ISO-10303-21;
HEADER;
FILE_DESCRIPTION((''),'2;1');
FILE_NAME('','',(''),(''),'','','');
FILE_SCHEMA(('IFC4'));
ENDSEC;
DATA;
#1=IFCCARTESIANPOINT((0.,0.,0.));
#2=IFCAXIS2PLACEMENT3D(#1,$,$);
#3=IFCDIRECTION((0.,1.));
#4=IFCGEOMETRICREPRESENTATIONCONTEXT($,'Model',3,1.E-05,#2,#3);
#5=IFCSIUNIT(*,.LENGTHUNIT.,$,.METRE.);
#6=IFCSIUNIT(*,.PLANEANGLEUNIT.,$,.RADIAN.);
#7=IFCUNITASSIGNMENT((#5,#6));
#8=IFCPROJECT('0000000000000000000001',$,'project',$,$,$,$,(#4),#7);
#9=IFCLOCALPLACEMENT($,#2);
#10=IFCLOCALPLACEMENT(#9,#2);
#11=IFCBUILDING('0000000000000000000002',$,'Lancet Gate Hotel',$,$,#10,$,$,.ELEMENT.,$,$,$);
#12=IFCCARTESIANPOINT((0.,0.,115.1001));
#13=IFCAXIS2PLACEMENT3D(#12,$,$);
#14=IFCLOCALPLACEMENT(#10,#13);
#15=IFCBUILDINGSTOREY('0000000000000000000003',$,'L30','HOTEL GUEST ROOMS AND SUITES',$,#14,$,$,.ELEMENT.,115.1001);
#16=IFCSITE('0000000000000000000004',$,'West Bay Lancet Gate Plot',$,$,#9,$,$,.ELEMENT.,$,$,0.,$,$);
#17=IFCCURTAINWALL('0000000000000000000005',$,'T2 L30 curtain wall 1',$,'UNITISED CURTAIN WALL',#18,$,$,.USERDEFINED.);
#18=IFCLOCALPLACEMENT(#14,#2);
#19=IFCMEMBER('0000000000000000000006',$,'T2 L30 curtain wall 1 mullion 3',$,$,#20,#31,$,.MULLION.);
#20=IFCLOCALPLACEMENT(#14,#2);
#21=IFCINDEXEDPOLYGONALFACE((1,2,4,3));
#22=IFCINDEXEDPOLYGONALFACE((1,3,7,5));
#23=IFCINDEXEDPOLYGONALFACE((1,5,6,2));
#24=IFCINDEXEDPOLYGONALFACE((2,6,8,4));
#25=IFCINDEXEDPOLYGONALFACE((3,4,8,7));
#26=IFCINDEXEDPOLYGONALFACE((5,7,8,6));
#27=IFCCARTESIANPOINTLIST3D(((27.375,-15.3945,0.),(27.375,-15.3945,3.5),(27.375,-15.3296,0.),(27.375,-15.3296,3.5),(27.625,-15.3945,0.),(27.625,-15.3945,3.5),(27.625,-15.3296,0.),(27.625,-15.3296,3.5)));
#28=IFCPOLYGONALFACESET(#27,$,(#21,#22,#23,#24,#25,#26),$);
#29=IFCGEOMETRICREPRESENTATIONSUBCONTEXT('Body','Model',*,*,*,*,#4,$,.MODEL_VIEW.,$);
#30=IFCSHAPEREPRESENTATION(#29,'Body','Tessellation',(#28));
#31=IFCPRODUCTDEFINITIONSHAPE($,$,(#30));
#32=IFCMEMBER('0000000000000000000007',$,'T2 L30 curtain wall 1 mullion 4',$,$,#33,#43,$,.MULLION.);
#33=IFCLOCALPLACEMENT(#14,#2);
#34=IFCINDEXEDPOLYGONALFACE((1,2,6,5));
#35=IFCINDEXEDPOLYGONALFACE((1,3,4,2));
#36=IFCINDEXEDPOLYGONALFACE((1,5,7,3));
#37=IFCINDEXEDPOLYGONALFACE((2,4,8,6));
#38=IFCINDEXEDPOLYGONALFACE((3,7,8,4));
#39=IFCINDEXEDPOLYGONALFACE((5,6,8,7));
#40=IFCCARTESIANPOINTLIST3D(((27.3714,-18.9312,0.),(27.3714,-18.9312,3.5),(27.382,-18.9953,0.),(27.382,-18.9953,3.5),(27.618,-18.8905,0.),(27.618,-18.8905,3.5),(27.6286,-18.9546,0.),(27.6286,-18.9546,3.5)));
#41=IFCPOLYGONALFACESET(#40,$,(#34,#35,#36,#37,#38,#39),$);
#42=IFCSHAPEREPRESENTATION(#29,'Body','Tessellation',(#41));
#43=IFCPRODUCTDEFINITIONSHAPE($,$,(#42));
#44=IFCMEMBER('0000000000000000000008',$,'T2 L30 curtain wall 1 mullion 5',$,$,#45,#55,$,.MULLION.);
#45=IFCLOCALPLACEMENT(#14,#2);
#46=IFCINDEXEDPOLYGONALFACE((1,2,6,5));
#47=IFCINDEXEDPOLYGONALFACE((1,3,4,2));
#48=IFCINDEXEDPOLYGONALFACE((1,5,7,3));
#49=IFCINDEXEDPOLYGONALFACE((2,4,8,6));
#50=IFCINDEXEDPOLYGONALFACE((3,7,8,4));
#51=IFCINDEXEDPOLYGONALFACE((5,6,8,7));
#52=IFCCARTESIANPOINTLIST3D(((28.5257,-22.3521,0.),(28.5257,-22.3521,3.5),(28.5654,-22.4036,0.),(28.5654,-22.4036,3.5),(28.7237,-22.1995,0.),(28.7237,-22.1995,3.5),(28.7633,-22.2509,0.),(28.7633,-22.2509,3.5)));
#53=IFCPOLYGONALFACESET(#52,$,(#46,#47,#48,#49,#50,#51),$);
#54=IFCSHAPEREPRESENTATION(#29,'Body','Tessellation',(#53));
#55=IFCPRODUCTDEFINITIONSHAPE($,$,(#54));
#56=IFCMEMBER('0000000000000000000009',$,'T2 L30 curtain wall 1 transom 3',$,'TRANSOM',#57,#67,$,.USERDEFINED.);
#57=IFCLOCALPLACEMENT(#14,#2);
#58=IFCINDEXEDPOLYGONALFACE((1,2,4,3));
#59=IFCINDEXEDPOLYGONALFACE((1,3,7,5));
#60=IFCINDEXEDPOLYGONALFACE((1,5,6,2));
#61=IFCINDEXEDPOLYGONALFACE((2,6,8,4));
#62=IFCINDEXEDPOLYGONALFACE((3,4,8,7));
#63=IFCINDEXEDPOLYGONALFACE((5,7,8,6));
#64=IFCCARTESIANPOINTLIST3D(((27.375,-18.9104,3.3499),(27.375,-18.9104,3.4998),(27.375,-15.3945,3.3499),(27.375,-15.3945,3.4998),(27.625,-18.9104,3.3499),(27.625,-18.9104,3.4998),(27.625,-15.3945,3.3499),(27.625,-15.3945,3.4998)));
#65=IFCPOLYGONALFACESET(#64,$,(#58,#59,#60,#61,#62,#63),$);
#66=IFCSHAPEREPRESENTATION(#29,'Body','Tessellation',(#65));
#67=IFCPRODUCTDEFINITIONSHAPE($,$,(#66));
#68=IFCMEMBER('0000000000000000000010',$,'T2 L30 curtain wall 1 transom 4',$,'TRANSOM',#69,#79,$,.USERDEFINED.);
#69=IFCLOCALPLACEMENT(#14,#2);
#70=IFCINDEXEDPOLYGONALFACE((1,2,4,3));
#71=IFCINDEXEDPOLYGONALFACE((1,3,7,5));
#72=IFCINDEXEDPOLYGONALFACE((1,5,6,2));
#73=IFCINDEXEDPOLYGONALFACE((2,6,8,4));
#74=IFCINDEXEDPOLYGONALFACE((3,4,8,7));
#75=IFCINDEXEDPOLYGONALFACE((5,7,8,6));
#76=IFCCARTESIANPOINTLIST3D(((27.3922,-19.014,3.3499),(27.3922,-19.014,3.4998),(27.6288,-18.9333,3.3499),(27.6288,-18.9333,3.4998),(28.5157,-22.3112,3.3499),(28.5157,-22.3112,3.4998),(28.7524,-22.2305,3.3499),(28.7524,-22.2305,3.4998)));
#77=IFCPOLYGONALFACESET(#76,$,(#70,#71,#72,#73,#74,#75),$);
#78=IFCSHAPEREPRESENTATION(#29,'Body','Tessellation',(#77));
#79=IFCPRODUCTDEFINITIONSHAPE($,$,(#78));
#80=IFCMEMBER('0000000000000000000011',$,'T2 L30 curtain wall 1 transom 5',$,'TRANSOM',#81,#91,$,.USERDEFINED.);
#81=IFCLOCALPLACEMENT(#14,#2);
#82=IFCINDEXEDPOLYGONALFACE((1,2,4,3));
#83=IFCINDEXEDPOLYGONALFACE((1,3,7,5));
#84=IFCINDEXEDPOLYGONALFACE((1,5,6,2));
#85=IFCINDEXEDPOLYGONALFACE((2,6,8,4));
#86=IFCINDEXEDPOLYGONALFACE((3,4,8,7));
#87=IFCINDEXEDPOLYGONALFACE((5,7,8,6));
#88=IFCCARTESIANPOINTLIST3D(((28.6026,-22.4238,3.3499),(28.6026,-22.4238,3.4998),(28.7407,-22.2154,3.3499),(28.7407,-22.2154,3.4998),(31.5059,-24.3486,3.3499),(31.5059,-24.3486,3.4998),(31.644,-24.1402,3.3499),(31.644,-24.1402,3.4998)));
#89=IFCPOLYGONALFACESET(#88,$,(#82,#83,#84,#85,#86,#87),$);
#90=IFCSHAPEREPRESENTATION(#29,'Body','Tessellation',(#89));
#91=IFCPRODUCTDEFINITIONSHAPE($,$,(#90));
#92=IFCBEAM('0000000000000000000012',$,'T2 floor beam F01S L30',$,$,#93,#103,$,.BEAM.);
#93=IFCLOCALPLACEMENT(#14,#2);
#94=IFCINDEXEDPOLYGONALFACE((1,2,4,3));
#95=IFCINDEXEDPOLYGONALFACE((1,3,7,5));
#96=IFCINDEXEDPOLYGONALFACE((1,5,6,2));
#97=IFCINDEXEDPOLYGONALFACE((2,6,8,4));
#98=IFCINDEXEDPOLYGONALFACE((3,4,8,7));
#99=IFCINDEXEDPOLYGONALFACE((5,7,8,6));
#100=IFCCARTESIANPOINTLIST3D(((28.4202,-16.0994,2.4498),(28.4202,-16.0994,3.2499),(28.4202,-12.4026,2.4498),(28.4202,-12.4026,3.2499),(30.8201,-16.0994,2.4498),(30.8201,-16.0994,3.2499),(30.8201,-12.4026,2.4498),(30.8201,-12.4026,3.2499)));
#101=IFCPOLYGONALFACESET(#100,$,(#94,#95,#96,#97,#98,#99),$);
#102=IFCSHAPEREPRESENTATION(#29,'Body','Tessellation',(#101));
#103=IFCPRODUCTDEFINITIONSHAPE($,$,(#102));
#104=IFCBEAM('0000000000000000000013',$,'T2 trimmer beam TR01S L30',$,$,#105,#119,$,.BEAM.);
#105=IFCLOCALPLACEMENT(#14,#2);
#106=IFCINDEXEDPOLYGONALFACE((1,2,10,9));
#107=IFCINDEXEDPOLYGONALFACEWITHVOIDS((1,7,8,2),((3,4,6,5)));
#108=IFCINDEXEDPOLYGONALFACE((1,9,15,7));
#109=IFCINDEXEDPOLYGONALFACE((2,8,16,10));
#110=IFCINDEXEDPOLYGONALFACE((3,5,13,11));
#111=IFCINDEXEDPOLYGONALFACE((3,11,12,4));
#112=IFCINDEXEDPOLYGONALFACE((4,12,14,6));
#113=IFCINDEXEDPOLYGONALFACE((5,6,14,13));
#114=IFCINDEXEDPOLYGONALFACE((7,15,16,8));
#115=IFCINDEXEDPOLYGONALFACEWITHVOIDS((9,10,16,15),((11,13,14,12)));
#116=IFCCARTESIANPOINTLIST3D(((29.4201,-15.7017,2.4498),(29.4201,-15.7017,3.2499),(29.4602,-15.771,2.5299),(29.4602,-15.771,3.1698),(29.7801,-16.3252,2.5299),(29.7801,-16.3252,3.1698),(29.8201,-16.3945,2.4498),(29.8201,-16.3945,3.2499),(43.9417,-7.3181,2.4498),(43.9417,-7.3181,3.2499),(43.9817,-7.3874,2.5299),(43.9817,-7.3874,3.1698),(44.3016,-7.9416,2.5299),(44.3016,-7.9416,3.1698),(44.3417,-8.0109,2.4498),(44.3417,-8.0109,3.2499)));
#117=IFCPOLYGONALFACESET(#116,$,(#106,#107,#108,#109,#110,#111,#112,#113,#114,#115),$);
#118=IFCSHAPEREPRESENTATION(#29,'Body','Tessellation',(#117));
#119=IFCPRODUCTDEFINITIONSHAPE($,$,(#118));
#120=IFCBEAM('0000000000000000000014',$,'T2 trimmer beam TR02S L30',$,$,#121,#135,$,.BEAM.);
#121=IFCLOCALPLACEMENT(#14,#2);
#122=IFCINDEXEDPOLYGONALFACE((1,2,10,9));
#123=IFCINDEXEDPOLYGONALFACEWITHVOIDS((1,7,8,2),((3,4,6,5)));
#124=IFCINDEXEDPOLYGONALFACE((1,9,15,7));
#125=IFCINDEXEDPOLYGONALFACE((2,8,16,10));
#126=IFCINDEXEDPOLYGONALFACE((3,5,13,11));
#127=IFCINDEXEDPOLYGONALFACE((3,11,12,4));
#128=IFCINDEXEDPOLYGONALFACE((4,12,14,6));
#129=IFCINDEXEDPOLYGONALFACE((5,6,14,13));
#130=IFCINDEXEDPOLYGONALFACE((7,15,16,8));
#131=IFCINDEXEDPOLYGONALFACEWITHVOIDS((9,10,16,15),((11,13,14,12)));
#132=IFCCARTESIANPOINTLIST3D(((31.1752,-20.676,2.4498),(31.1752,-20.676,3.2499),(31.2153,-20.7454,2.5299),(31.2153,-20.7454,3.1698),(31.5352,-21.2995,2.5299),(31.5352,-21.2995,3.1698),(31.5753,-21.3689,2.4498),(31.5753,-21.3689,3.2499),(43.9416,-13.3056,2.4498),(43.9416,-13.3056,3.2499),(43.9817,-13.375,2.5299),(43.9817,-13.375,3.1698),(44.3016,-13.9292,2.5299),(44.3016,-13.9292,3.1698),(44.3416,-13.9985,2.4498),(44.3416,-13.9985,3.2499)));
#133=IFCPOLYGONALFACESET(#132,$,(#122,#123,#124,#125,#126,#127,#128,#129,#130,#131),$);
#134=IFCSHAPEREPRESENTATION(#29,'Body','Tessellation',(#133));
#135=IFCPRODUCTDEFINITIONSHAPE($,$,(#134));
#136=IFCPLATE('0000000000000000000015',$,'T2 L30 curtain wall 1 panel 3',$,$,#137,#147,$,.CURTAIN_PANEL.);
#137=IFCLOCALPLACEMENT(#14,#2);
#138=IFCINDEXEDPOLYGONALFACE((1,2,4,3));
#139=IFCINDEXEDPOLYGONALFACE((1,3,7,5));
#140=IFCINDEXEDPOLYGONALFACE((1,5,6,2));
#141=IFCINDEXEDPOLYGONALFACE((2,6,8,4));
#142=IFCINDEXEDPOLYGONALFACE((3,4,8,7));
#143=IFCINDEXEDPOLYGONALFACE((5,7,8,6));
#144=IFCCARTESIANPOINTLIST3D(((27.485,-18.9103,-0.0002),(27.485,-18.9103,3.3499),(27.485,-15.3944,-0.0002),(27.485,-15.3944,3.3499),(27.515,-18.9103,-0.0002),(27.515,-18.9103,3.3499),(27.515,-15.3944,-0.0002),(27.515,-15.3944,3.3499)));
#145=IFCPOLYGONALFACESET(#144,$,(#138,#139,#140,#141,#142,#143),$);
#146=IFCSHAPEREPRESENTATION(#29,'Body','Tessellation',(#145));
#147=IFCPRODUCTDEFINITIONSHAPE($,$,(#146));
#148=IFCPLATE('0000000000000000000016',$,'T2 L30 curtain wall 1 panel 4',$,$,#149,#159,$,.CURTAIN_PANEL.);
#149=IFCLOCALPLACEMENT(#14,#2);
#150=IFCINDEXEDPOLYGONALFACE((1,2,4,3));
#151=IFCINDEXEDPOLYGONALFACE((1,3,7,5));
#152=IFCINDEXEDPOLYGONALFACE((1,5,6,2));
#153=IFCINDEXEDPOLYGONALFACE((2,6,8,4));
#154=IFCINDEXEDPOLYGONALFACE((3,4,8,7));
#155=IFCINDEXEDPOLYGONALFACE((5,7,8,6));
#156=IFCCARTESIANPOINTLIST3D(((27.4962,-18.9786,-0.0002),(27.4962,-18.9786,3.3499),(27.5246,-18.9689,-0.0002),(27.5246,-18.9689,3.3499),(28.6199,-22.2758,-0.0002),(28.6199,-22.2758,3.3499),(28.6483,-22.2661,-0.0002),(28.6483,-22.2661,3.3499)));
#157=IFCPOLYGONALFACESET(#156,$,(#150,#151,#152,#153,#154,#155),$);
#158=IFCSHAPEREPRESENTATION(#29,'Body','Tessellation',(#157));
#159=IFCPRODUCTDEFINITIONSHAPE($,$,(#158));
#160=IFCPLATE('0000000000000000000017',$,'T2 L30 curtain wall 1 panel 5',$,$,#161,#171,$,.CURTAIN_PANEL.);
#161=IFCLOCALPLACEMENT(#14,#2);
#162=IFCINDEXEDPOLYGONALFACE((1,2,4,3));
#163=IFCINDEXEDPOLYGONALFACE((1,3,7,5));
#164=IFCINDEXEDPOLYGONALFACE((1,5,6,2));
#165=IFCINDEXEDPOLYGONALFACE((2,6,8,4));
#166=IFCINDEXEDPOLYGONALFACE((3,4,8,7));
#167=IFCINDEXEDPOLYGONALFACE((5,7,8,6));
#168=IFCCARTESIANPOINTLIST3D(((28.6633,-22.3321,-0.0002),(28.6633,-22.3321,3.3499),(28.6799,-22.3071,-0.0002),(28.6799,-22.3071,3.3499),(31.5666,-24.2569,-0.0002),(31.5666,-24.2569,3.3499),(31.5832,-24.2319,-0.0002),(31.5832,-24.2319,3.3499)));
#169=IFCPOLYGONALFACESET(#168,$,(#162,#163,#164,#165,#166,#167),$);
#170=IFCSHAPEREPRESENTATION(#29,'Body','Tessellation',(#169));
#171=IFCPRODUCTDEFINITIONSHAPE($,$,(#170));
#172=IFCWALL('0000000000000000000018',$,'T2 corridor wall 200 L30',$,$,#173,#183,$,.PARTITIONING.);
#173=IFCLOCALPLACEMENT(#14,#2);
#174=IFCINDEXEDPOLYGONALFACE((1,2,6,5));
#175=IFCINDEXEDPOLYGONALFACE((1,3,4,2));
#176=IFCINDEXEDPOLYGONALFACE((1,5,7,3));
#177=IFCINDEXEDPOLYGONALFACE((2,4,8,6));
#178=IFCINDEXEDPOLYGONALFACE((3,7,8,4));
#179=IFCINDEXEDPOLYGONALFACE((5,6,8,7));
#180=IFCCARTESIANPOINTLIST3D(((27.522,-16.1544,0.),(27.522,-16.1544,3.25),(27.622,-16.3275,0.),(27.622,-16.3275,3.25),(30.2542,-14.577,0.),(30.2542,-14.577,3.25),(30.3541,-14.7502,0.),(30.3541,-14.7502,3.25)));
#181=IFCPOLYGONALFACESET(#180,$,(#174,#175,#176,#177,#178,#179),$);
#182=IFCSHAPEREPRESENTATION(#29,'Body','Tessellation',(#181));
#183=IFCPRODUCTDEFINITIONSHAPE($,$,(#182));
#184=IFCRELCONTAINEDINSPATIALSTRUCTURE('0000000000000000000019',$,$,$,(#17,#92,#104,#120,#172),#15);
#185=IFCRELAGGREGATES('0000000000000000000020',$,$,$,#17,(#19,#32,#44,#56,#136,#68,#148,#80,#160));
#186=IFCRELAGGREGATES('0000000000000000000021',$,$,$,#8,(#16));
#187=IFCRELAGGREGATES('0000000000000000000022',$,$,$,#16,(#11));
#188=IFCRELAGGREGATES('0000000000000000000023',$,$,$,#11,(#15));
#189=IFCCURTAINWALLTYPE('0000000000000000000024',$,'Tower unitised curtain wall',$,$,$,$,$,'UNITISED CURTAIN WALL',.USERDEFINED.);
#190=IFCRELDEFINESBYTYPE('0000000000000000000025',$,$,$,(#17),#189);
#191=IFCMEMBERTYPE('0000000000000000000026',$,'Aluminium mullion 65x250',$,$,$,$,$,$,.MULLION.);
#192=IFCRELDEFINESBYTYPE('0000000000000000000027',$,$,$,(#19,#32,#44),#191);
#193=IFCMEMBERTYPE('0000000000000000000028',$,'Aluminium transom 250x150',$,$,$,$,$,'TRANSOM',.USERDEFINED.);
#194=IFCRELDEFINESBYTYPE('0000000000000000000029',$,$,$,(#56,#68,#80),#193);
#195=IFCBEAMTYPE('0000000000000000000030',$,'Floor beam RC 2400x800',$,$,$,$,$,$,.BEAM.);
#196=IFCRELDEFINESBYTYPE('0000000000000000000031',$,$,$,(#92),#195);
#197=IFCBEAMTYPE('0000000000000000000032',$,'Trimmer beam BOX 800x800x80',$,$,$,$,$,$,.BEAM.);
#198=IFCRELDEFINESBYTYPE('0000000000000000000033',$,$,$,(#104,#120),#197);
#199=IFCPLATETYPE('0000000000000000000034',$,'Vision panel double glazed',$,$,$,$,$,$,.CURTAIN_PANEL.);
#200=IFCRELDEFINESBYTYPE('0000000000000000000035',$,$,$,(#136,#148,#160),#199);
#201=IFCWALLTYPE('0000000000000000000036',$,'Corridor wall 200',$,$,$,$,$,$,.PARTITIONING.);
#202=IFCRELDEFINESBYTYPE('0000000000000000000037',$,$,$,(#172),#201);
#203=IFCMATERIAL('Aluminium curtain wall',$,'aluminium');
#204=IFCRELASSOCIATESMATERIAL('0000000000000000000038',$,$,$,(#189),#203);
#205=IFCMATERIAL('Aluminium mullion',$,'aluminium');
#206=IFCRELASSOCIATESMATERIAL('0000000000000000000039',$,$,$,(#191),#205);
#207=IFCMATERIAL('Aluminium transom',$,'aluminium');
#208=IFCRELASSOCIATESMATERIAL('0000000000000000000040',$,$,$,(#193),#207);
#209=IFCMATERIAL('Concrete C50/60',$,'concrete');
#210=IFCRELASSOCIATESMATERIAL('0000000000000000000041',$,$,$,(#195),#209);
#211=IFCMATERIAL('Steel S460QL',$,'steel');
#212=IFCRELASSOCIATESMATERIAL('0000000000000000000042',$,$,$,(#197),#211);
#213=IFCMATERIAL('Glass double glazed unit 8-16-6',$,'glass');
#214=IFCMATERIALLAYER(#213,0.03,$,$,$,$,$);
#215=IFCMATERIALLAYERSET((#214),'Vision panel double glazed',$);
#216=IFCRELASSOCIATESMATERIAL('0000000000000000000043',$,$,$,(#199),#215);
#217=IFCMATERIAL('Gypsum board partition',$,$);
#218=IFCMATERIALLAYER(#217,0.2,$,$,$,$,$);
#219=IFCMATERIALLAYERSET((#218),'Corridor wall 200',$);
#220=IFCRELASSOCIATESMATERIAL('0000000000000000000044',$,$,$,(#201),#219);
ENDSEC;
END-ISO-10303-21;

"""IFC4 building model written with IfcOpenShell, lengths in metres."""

from ifc_helpers import new_model, si_unit, direction, frame, frame_2d, origin, origin_2d, place, context, subcontext, project, spatial, rectangle, hollow_rectangle, extrude, material, layer, layer_set, material_profile, profile_set, type_object, element, aggregate, save


model = new_model("IFC4")

# Units and contexts
model_context = context("Model", 3, precision=1e-05, world=origin(), true_north=direction((0.0, 1.0)))
body_context = subcontext(model_context, "Body", "Model", "MODEL_VIEW")
ifc_project = project(units=[si_unit("LENGTHUNIT", "METRE"), si_unit("PLANEANGLEUNIT", "RADIAN")], contexts=[model_context])

# Site, building, storey
site_placement = place(None, origin())
site = spatial("IfcSite", under=ifc_project, at=site_placement, Name="West Bay Lancet Gate Plot", CompositionType="ELEMENT", RefElevation=0.0)
building_placement = place(site_placement, origin())
building = spatial("IfcBuilding", under=site, at=building_placement, Name="Lancet Gate Hotel", CompositionType="ELEMENT")
storey_placement = place(building_placement, frame((0.0, 0.0, 115.1001)))
storey = spatial("IfcBuildingStorey", under=building, at=storey_placement, Name="L30", Description="HOTEL GUEST ROOMS AND SUITES", CompositionType="ELEMENT", Elevation=115.1001)

# Curtain wall, members
ifc_material_1 = material(Name="Aluminium curtain wall", Category="aluminium")
curtain_wall_type = type_object("IfcCurtainWallType", Name="Tower unitised curtain wall", ElementType="UNITISED CURTAIN WALL", PredefinedType="USERDEFINED", material=ifc_material_1)
curtain_wall_placement = place(storey_placement, origin())
curtain_wall = element("IfcCurtainWall", 1, at=curtain_wall_placement, inside=storey, type_object=curtain_wall_type, Name="T2 L30 curtain wall 1", ObjectType="UNITISED CURTAIN WALL", PredefinedType="USERDEFINED")
ifc_material_2 = material(Name="Aluminium mullion", Category="aluminium")
ifc_material_profile_1 = material_profile(ifc_material_2, rectangle(XDim=0.0649, YDim=0.25, at=origin_2d()), Name="MULLION 65x250")
ifc_profile_set_1 = profile_set([ifc_material_profile_1], Name="Aluminium mullion")
member_type_1 = type_object("IfcMemberType", Name="Aluminium mullion 65x250", PredefinedType="MULLION", material=ifc_profile_set_1)
member_1_placement = place(storey_placement, frame((27.5, -15.3621, 0.0), z_axis=(0.0, 0.0, 1.0), x_axis=(0.0, -1.0, 0.0)))
member_1 = element("IfcMember", 2, at=member_1_placement, type_object=member_type_1, Name="T2 L30 curtain wall 1 mullion 3", PredefinedType="MULLION", context=body_context, shape_type="SweptSolid", body=[
    extrude(rectangle(XDim=0.0649, YDim=0.25, at=origin_2d()), origin(), (0.0, 0.0, 1.0), 3.5),
])
member_2_placement = place(storey_placement, frame((27.5, -18.9429, 0.0), z_axis=(0.0, 0.0, 1.0), x_axis=(0.162739, -0.986669, 0.0)))
member_2 = element("IfcMember", 3, at=member_2_placement, type_object=member_type_1, Name="T2 L30 curtain wall 1 mullion 4", PredefinedType="MULLION", context=body_context, shape_type="SweptSolid", body=[
    extrude(rectangle(XDim=0.0649, YDim=0.25, at=origin_2d()), origin(), (0.0, 0.0, 1.0), 3.5),
])
member_3_placement = place(storey_placement, frame((28.6445, -22.3015, 0.0), z_axis=(0.0, 0.0, 1.0), x_axis=(0.610664, -0.79189, 0.0)))
member_3 = element("IfcMember", 4, at=member_3_placement, type_object=member_type_1, Name="T2 L30 curtain wall 1 mullion 5", PredefinedType="MULLION", context=body_context, shape_type="SweptSolid", body=[
    extrude(rectangle(XDim=0.0649, YDim=0.25, at=origin_2d()), origin(), (0.0, 0.0, 1.0), 3.5),
])
ifc_material_3 = material(Name="Aluminium transom", Category="aluminium")
ifc_material_profile_2 = material_profile(ifc_material_3, rectangle(XDim=0.25, YDim=0.1499, at=origin_2d()), Name="TRANSOM 250x150")
ifc_profile_set_2 = profile_set([ifc_material_profile_2], Name="Aluminium transom")
member_type_2 = type_object("IfcMemberType", Name="Aluminium transom 250x150", ElementType="TRANSOM", PredefinedType="USERDEFINED", material=ifc_profile_set_2)
member_4_placement = place(storey_placement, frame((27.5, -15.3945, 3.4248), z_axis=(0.0, -1.0, 0.0), x_axis=(1.0, 0.0, 0.0)))
member_4 = element("IfcMember", 5, at=member_4_placement, type_object=member_type_2, Name="T2 L30 curtain wall 1 transom 3", ObjectType="TRANSOM", PredefinedType="USERDEFINED", context=body_context, shape_type="SweptSolid", body=[
    extrude(rectangle(XDim=0.25, YDim=0.1499, at=origin_2d()), origin(), (0.0, 0.0, 1.0), 3.5159),
])
member_5_placement = place(storey_placement, frame((27.5105, -18.9736, 3.4248), z_axis=(0.32255, -0.946553, 0.0), x_axis=(0.946553, 0.32255, 0.0)))
member_5 = element("IfcMember", 6, at=member_5_placement, type_object=member_type_2, Name="T2 L30 curtain wall 1 transom 4", ObjectType="TRANSOM", PredefinedType="USERDEFINED", context=body_context, shape_type="SweptSolid", body=[
    extrude(rectangle(XDim=0.25, YDim=0.1499, at=origin_2d()), origin(), (0.0, 0.0, 1.0), 3.4834),
])
member_6_placement = place(storey_placement, frame((28.6716, -22.3196, 3.4248), z_axis=(0.833471, -0.552563, 0.0), x_axis=(0.552563, 0.833471, 0.0)))
member_6 = element("IfcMember", 7, at=member_6_placement, type_object=member_type_2, Name="T2 L30 curtain wall 1 transom 5", ObjectType="TRANSOM", PredefinedType="USERDEFINED", context=body_context, shape_type="SweptSolid", body=[
    extrude(rectangle(XDim=0.25, YDim=0.1499, at=origin_2d()), origin(), (0.0, 0.0, 1.0), 3.4834),
])

# Beams
ifc_material_4 = material(Name="Concrete C50/60", Category="concrete")
ifc_material_profile_3 = material_profile(ifc_material_4, rectangle(XDim=2.3999, YDim=0.8, at=origin_2d()), Name="RC 2400x800")
ifc_profile_set_3 = profile_set([ifc_material_profile_3], Name="Concrete C50/60")
beam_type_1 = type_object("IfcBeamType", Name="Floor beam RC 2400x800", PredefinedType="BEAM", material=ifc_profile_set_3)
beam_1_placement = place(storey_placement, frame((29.6201, -16.0994, 2.8499), z_axis=(0.0, 1.0, 0.0), x_axis=(-1.0, 0.0, 0.0)))
element("IfcBeam", 8, at=beam_1_placement, inside=storey, type_object=beam_type_1, Name="T2 floor beam F01S L30", PredefinedType="BEAM", context=body_context, shape_type="SweptSolid", body=[
    extrude(rectangle(XDim=2.3999, YDim=0.8, at=origin_2d()), origin(), (0.0, 0.0, 1.0), 3.6968),
])
ifc_material_5 = material(Name="Steel S460QL", Category="steel")
ifc_material_profile_4 = material_profile(ifc_material_5, hollow_rectangle(XDim=0.8, YDim=0.8, WallThickness=0.0801, at=origin_2d()), Name="BOX 800x800x80")
ifc_profile_set_4 = profile_set([ifc_material_profile_4], Name="Steel S460QL")
beam_type_2 = type_object("IfcBeamType", Name="Trimmer beam BOX 800x800x80", PredefinedType="BEAM", material=ifc_profile_set_4)
beam_2_placement = place(storey_placement, frame((29.6201, -16.0481, 2.8499), z_axis=(0.866037, 0.49998, 0.0), x_axis=(-0.49998, 0.866037, 0.0)))
element("IfcBeam", 9, at=beam_2_placement, inside=storey, type_object=beam_type_2, Name="T2 trimmer beam TR01S L30", PredefinedType="BEAM", context=body_context, shape_type="SweptSolid", body=[
    extrude(hollow_rectangle(XDim=0.8, YDim=0.8, WallThickness=0.0801, at=origin_2d()), origin(), (0.0, 0.0, 1.0), 16.7678),
])
beam_3_placement = place(storey_placement, frame((31.3752, -21.0225, 2.8499), z_axis=(0.866034, 0.499985, 0.0), x_axis=(-0.499985, 0.866034, 0.0)))
element("IfcBeam", 10, at=beam_3_placement, inside=storey, type_object=beam_type_2, Name="T2 trimmer beam TR02S L30", PredefinedType="BEAM", context=body_context, shape_type="SweptSolid", body=[
    extrude(hollow_rectangle(XDim=0.8, YDim=0.8, WallThickness=0.0801, at=origin_2d()), origin(), (0.0, 0.0, 1.0), 14.7412),
])

# Plates
ifc_material_6 = material(Name="Glass double glazed unit 8-16-6", Category="glass")
ifc_layer_1 = layer(ifc_material_6, 0.03)
ifc_layer_set_1 = layer_set([ifc_layer_1], Name="Vision panel double glazed")
plate_type = type_object("IfcPlateType", Name="Vision panel double glazed", PredefinedType="CURTAIN_PANEL", material=ifc_layer_set_1)
plate_1_placement = place(storey_placement, frame((27.5, -17.1523, -0.0002), z_axis=(0.0, 0.0, 1.0), x_axis=(0.0, -1.0, 0.0)))
plate_1 = element("IfcPlate", 11, at=plate_1_placement, type_object=plate_type, Name="T2 L30 curtain wall 1 panel 3", PredefinedType="CURTAIN_PANEL", context=body_context, shape_type="SweptSolid", body=[
    extrude(rectangle(XDim=3.5159, YDim=0.03, at=origin_2d()), origin(), (0.0, 0.0, 1.0), 3.3501),
])
plate_2_placement = place(storey_placement, frame((28.0723, -20.6223, -0.0002), z_axis=(0.0, 0.0, 1.0), x_axis=(0.322576, -0.946544, 0.0)))
plate_2 = element("IfcPlate", 12, at=plate_2_placement, type_object=plate_type, Name="T2 L30 curtain wall 1 panel 4", PredefinedType="CURTAIN_PANEL", context=body_context, shape_type="SweptSolid", body=[
    extrude(rectangle(XDim=3.4834, YDim=0.03, at=origin_2d()), origin(), (0.0, 0.0, 1.0), 3.3501),
])
plate_3_placement = place(storey_placement, frame((30.1233, -23.282, -0.0002), z_axis=(0.0, 0.0, 1.0), x_axis=(0.833465, -0.552573, 0.0)))
plate_3 = element("IfcPlate", 13, at=plate_3_placement, type_object=plate_type, Name="T2 L30 curtain wall 1 panel 5", PredefinedType="CURTAIN_PANEL", context=body_context, shape_type="SweptSolid", body=[
    extrude(rectangle(XDim=3.4834, YDim=0.03, at=origin_2d()), origin(), (0.0, 0.0, 1.0), 3.3501),
])
aggregate(curtain_wall, [member_1, member_2, member_3, member_4, plate_1, member_5, plate_2, member_6, plate_3])

# Wall
ifc_material_7 = material(Name="Gypsum board partition")
ifc_layer_2 = layer(ifc_material_7, 0.2)
ifc_layer_set_2 = layer_set([ifc_layer_2], Name="Corridor wall 200")
wall_type_1 = type_object("IfcWallType", Name="Corridor wall 200", PredefinedType="PARTITIONING", material=ifc_layer_set_2)
wall_1_placement = place(storey_placement, frame((27.572, -16.241, 0.0), z_axis=(0.0, 0.0, 1.0), x_axis=(0.86603, 0.499993, 0.0)))
element("IfcWall", 14, at=wall_1_placement, inside=storey, type_object=wall_type_1, Name="T2 corridor wall 200 L30", PredefinedType="PARTITIONING", context=body_context, shape_type="SweptSolid", body=[
    extrude(rectangle(XDim=3.1548, YDim=0.2, at=frame_2d((1.5774, 0.0))), origin(), (0.0, 0.0, 1.0), 3.25),
])

save(model, "model.ifc")
